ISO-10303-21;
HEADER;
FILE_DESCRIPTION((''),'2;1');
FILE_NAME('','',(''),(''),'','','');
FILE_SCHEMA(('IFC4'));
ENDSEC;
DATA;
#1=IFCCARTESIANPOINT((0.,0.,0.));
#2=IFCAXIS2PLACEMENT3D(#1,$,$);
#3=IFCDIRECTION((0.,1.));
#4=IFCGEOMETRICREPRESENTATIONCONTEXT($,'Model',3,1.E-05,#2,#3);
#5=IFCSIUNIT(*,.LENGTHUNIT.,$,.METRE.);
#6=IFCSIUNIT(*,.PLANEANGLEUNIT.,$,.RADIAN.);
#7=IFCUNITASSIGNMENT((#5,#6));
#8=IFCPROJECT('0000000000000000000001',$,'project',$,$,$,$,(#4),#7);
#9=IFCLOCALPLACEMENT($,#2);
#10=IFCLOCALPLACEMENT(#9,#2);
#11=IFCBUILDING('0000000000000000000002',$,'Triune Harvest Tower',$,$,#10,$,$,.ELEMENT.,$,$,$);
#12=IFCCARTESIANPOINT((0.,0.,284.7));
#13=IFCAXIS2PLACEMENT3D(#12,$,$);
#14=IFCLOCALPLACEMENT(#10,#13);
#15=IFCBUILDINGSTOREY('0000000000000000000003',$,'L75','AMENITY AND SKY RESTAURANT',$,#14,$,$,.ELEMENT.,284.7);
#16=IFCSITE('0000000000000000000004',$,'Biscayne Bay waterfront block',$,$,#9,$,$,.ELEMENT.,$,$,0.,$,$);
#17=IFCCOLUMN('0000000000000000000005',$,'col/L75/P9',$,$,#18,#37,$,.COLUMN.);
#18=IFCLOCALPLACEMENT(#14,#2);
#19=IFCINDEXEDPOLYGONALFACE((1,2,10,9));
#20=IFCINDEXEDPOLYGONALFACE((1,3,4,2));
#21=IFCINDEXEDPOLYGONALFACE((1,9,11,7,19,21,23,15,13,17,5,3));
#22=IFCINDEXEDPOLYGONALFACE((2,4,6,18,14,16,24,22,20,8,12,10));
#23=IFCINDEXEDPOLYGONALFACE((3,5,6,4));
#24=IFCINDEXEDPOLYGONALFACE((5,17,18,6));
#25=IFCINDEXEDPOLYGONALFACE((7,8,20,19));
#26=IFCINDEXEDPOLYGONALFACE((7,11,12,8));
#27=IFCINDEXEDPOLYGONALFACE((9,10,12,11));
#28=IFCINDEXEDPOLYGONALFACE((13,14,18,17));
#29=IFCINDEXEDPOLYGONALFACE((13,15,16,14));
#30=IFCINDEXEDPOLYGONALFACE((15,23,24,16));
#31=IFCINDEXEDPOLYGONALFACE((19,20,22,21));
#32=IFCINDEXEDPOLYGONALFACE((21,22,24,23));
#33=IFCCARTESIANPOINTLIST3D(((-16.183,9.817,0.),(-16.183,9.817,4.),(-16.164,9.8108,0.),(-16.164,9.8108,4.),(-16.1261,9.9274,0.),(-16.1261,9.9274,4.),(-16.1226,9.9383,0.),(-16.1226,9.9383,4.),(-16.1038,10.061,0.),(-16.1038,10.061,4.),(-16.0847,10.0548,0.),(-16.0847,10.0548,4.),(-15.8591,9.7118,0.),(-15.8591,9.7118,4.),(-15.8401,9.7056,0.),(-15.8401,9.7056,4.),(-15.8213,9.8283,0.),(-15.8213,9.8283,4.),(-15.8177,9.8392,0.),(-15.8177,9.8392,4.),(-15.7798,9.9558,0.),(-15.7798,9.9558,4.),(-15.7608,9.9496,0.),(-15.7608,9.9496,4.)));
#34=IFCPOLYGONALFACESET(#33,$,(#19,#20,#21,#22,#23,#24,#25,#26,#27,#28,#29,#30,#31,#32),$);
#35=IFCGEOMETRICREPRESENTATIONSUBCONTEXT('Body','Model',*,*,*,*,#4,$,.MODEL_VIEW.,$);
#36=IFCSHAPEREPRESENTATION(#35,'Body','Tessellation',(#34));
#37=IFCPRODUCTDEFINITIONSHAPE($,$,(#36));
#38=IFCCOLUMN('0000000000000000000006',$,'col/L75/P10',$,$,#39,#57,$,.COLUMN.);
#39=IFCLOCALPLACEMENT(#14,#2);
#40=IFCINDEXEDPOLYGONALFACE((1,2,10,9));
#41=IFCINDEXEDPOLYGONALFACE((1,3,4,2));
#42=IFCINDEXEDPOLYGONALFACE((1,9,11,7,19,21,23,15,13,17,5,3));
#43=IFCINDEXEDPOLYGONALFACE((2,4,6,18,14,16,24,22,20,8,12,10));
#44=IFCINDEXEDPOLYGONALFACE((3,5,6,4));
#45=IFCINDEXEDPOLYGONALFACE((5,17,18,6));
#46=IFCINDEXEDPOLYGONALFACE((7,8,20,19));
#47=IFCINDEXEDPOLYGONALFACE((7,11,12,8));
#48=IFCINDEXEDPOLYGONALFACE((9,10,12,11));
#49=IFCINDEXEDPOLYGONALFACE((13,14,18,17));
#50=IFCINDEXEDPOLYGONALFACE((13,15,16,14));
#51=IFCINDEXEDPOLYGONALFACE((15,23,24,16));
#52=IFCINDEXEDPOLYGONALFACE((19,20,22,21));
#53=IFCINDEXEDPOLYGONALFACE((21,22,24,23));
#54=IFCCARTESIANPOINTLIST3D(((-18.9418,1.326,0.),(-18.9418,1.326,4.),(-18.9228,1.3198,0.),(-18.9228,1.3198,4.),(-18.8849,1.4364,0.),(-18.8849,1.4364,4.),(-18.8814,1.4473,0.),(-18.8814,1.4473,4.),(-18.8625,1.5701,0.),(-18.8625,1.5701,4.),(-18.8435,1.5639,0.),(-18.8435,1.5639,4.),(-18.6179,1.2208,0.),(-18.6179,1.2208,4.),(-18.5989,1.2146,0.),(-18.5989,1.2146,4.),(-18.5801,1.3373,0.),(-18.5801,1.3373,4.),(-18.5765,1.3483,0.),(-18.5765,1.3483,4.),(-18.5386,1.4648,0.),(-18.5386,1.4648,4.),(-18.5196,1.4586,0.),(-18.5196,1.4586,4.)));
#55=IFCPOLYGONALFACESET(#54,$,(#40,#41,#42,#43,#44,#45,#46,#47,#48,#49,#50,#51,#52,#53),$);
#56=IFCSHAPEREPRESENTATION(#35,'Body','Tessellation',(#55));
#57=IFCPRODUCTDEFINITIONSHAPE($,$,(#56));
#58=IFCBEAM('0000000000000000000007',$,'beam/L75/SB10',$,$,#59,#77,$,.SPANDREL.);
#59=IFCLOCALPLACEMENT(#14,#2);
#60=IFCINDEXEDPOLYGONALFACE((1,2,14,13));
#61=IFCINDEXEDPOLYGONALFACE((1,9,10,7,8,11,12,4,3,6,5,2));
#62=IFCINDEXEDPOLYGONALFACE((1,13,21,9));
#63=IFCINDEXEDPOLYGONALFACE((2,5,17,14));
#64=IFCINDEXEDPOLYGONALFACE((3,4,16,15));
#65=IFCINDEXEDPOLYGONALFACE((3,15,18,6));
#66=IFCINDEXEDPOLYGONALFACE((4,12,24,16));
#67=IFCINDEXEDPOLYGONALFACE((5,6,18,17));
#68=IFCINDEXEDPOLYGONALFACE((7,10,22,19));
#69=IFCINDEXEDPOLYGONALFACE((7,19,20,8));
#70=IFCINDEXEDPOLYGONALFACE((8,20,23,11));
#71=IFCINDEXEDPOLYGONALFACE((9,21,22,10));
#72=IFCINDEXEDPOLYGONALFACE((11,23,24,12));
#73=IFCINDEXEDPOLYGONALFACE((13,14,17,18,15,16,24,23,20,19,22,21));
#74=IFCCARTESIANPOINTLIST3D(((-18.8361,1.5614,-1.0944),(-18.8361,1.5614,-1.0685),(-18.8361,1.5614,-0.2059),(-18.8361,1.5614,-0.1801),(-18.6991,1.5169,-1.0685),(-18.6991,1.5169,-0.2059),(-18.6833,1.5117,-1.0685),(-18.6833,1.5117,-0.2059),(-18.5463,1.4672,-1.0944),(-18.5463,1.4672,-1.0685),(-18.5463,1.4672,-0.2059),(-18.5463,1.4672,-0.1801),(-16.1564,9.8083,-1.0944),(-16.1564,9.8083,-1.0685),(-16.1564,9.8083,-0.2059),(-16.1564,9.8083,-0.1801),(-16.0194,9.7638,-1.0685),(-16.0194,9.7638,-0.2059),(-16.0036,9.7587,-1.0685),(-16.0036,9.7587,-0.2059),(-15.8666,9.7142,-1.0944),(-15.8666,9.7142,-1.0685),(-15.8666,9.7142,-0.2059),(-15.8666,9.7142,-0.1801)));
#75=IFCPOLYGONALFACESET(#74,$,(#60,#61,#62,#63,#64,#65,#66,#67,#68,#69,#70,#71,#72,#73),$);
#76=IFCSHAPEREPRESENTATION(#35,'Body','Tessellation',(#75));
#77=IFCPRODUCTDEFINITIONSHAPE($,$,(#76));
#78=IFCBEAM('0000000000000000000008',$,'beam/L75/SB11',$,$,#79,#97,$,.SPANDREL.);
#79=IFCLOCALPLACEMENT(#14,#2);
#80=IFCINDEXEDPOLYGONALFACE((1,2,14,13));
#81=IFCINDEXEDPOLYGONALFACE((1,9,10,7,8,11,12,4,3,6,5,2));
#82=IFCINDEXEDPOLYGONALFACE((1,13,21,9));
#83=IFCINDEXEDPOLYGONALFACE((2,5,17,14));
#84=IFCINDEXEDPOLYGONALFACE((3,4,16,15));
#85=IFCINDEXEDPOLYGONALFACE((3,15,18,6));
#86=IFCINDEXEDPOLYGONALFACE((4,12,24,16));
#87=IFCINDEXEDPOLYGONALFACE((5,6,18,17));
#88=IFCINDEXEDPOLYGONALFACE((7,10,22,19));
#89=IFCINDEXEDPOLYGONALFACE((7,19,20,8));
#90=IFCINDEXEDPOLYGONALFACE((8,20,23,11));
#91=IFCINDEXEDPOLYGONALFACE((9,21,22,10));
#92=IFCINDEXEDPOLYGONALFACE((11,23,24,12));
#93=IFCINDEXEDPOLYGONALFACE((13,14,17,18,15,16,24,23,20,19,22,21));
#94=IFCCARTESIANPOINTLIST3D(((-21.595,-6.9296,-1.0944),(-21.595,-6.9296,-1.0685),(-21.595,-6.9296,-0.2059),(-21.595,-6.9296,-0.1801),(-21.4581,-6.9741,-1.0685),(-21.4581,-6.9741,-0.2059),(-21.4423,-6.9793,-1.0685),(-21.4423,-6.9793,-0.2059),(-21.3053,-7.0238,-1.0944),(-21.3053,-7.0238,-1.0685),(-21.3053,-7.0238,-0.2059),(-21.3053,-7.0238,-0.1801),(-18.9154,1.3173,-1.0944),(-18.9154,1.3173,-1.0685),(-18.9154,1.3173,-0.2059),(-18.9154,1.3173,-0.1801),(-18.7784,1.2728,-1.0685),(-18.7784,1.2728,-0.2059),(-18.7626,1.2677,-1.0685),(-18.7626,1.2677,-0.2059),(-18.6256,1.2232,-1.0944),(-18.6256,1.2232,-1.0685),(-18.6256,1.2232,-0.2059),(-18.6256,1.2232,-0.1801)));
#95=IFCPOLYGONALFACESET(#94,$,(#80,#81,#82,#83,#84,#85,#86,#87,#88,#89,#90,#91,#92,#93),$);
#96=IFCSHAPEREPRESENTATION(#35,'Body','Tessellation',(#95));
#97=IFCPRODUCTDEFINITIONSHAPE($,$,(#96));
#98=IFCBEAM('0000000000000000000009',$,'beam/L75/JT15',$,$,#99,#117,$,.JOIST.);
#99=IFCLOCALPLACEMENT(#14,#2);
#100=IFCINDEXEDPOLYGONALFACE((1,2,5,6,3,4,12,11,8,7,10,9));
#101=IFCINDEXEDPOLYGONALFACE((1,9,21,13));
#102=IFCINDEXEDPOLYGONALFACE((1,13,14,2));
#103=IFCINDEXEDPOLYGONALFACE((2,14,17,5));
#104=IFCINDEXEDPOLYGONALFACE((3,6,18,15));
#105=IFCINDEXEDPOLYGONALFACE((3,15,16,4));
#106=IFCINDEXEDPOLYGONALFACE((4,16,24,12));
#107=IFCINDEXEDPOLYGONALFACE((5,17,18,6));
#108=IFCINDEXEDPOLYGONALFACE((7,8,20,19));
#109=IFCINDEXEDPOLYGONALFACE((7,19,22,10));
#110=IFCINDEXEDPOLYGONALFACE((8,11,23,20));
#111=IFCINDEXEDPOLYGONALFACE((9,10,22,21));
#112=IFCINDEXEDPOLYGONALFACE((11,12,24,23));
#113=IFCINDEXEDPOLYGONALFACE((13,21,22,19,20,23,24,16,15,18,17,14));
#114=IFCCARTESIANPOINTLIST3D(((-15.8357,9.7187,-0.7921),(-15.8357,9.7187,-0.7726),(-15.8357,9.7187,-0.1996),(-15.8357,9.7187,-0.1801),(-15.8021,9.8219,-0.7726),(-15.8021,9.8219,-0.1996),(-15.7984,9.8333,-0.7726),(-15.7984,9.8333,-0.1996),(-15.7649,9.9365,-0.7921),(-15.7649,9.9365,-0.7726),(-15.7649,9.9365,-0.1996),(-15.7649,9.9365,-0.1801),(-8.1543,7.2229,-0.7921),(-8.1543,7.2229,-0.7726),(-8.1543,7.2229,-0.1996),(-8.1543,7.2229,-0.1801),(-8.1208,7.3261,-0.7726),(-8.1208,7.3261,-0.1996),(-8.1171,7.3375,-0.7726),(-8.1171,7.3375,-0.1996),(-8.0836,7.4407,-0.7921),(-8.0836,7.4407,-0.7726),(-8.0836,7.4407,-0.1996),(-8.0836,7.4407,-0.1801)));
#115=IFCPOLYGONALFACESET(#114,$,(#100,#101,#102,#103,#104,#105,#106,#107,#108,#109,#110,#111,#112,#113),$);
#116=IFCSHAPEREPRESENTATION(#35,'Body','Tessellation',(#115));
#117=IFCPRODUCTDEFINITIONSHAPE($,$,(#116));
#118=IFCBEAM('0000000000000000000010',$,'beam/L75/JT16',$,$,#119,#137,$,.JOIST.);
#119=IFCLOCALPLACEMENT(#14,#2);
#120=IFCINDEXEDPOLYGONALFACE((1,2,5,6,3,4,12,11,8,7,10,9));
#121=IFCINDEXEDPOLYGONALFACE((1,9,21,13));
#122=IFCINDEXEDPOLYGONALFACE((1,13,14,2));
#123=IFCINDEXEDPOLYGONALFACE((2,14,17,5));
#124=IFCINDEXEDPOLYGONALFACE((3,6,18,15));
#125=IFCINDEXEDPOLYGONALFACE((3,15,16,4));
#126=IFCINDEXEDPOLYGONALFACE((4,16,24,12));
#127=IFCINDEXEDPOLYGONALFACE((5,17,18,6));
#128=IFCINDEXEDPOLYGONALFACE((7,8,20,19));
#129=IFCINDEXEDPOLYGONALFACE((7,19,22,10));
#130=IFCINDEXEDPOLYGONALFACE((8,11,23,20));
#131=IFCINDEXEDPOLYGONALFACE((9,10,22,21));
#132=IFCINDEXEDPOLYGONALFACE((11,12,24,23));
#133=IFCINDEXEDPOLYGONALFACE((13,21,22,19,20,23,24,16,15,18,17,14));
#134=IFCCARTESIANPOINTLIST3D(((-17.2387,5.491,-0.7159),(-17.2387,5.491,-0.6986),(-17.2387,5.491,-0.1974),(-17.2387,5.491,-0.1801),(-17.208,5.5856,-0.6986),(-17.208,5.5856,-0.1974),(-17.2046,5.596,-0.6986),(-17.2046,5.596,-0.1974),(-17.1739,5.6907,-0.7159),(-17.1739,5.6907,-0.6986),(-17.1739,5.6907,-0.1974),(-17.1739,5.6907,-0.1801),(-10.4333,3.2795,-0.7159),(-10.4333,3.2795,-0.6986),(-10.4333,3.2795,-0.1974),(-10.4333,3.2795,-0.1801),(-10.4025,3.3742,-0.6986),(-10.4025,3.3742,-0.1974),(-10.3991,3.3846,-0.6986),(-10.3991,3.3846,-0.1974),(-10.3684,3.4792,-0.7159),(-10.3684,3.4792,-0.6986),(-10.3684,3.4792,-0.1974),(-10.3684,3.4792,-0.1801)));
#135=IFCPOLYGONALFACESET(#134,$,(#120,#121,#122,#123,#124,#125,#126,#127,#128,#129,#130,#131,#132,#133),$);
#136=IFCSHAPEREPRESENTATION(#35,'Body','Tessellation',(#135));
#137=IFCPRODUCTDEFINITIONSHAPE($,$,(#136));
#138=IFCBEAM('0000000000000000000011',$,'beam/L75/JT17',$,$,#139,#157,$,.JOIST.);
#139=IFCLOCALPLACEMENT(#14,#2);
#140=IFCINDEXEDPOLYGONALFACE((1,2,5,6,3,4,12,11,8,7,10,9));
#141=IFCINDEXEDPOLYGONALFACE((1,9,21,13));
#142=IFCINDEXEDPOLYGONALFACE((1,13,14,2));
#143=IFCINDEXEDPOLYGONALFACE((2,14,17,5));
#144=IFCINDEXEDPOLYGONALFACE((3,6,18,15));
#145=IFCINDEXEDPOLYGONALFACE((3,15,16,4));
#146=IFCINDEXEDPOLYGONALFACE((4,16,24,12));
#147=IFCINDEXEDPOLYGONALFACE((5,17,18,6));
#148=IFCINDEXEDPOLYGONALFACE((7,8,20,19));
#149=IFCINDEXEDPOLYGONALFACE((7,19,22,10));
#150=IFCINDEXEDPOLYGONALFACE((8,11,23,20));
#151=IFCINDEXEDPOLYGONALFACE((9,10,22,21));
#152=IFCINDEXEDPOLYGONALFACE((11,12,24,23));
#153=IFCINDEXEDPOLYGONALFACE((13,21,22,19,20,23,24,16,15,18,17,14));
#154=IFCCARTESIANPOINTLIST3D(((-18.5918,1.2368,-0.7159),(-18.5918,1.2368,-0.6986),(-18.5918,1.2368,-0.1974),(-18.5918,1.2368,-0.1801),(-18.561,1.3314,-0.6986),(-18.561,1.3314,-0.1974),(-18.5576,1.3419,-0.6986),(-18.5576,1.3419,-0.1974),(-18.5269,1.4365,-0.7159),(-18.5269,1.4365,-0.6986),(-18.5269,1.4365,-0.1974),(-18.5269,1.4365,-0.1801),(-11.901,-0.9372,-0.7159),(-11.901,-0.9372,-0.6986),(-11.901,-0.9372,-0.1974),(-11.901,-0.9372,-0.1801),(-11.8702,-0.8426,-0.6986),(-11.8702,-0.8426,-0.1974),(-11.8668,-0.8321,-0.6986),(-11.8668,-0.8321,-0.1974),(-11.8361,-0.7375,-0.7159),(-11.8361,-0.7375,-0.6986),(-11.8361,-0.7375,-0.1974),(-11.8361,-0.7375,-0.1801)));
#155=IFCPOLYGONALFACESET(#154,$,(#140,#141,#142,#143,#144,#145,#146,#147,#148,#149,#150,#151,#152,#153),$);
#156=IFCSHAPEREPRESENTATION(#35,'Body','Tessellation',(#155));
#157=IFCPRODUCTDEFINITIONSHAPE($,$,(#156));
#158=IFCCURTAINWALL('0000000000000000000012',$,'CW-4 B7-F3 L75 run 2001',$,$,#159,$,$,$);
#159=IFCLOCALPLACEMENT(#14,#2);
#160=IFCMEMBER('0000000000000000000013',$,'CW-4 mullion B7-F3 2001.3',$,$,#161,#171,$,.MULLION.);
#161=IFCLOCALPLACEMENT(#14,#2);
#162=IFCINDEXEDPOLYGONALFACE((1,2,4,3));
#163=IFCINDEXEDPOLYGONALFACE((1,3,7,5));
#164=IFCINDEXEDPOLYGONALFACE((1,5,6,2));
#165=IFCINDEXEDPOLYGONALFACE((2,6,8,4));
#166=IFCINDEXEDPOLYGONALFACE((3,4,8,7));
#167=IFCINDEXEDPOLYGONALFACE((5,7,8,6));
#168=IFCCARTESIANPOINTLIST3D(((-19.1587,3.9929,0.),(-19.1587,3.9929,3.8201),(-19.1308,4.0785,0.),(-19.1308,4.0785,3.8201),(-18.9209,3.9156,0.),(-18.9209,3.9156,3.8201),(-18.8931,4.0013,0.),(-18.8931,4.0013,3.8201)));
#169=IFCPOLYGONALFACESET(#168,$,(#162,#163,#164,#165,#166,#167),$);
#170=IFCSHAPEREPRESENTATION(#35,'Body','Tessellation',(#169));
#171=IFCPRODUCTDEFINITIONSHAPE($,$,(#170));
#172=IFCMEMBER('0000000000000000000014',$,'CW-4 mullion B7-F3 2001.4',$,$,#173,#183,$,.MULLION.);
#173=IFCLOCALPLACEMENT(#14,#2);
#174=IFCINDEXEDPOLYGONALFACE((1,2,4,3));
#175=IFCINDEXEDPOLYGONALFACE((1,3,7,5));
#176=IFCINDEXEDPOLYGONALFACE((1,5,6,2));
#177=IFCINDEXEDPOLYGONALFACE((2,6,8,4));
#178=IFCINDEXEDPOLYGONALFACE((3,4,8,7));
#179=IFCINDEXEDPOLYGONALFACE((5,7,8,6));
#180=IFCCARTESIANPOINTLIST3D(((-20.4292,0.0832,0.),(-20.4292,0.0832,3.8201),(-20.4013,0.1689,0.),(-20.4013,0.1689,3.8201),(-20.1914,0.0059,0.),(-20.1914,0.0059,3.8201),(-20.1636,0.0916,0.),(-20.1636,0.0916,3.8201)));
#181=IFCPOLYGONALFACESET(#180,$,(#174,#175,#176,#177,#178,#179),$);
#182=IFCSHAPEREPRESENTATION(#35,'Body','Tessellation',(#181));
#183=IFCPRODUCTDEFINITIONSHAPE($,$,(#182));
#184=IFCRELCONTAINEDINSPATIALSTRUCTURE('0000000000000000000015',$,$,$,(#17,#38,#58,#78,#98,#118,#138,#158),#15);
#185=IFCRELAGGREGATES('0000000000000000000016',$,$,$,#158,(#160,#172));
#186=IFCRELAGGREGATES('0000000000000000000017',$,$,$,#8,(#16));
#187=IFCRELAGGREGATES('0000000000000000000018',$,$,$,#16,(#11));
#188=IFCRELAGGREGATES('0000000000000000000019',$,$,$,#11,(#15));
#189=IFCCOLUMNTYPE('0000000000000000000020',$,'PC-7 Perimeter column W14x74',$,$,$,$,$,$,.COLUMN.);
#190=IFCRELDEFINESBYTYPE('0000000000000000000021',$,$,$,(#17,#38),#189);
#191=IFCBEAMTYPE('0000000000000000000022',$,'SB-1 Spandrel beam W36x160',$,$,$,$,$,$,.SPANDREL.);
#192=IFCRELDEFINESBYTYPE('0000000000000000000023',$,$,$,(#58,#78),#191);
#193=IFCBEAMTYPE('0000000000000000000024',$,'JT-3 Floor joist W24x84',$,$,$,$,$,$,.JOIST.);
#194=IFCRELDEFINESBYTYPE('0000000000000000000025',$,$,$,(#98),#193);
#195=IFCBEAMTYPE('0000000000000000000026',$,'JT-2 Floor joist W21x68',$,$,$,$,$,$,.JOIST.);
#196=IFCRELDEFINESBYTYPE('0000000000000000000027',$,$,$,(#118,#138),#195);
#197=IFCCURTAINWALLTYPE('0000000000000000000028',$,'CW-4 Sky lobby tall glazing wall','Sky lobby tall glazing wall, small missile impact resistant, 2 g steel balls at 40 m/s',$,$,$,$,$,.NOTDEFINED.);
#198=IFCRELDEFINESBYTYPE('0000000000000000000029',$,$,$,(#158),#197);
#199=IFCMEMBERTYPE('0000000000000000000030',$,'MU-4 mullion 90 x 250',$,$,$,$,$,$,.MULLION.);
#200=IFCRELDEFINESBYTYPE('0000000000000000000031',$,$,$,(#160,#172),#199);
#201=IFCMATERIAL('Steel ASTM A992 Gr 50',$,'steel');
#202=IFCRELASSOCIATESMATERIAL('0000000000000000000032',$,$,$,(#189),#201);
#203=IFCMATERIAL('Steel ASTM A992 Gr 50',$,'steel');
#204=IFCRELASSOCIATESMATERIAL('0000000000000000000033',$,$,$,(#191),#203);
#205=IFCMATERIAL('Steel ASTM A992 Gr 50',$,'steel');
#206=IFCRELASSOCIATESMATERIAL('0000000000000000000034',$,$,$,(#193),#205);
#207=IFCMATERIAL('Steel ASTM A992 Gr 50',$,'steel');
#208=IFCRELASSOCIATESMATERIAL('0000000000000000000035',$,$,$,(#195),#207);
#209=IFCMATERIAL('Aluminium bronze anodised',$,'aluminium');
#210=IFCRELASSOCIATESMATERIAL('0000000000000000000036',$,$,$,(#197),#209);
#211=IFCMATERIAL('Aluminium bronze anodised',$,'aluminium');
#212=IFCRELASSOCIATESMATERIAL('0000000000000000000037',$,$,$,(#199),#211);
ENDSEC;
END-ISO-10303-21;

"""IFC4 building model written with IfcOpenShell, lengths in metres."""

from ifc_helpers import new_model, si_unit, direction, frame, origin, origin_2d, place, context, subcontext, project, spatial, rectangle, i_section, extrude, source, transform, mapped, material, material_profile, profile_set, type_object, element, aggregate, save


model = new_model("IFC4")

# Units and contexts
model_context = context("Model", 3, precision=1e-05, world=origin(), true_north=direction((0.0, 1.0)))
body_context = subcontext(model_context, "Body", "Model", "MODEL_VIEW")
ifc_project = project(units=[si_unit("LENGTHUNIT", "METRE"), si_unit("PLANEANGLEUNIT", "RADIAN")], contexts=[model_context])

# Site, building, storey
site_placement = place(None, origin())
site = spatial("IfcSite", under=ifc_project, at=site_placement, Name="Biscayne Bay waterfront block", CompositionType="ELEMENT", RefElevation=0.0)
building_placement = place(site_placement, origin())
building = spatial("IfcBuilding", under=site, at=building_placement, Name="Triune Harvest Tower", CompositionType="ELEMENT")
storey_placement = place(building_placement, frame((0.0, 0.0, 284.7)))
storey = spatial("IfcBuildingStorey", under=building, at=storey_placement, Name="L75", Description="AMENITY AND SKY RESTAURANT", CompositionType="ELEMENT", Elevation=284.7)

# Columns
ifc_material_1 = material(Name="Steel ASTM A992 Gr 50", Category="steel")
ifc_material_profile_1 = material_profile(ifc_material_1, i_section(OverallWidth=0.2566, OverallDepth=0.3606, WebThickness=0.0115, FlangeThickness=0.02, at=origin_2d()), Name="W14x74")
ifc_profile_set_1 = profile_set([ifc_material_profile_1], Name="Steel ASTM A992 Gr 50")
column_type = type_object("IfcColumnType", Name="PC-7 Perimeter column W14x74", PredefinedType="COLUMN", material=ifc_profile_set_1)
shared_shape_1 = source(origin(), body_context, "Body", "SweptSolid", [
    extrude(i_section(OverallWidth=0.2566, OverallDepth=0.3606, WebThickness=0.0115, FlangeThickness=0.02, at=origin_2d()), origin(), (0.0, 0.0, 1.0), 4.0),
])
for number, where, z_axis, x_axis, name in (
    (1, (-15.9719, 9.8833, 0.0), (0.0, 0.0, 1.0), (-0.309015, -0.951057, 0.0), "col/L75/P9"),
    (2, (-18.7307, 1.3923, 0.0), (0.0, 0.0, 1.0), (-0.309015, -0.951057, 0.0), "col/L75/P10"),
):
    element("IfcColumn", number, at=place(storey_placement, frame(where, z_axis=z_axis, x_axis=x_axis)), inside=storey, type_object=column_type, Name=name, PredefinedType="COLUMN", context=body_context, shape_type="MappedRepresentation", body=[
        mapped(shared_shape_1, transform((0.0, 0.0, 0.0), scale=1.0)),
    ])

# Beams
ifc_material_2 = material(Name="Steel ASTM A992 Gr 50", Category="steel")
ifc_material_profile_2 = material_profile(ifc_material_2, i_section(OverallWidth=0.3047, OverallDepth=0.9143, WebThickness=0.0166, FlangeThickness=0.0259, at=origin_2d()), Name="W36x160")
ifc_profile_set_2 = profile_set([ifc_material_profile_2], Name="Steel ASTM A992 Gr 50")
beam_type_1 = type_object("IfcBeamType", Name="SB-1 Spandrel beam W36x160", PredefinedType="SPANDREL", material=ifc_profile_set_2)
shared_shape_2 = source(origin(), body_context, "Body", "SweptSolid", [
    extrude(i_section(OverallWidth=0.3047, OverallDepth=0.9143, WebThickness=0.0166, FlangeThickness=0.0259, at=origin_2d()), origin(), (0.0, 0.0, 1.0), 8.6714),
])
for number, where, z_axis, x_axis, name in (
    (3, (-16.0115, 9.7612, -0.6372), (-0.309031, -0.951052, 0.0), (0.951052, -0.309031, 0.0), "beam/L75/SB10"),
    (4, (-18.7705, 1.2703, -0.6372), (-0.309022, -0.951055, 0.0), (0.951055, -0.309022, 0.0), "beam/L75/SB11"),
):
    element("IfcBeam", number, at=place(storey_placement, frame(where, z_axis=z_axis, x_axis=x_axis)), inside=storey, type_object=beam_type_1, Name=name, PredefinedType="SPANDREL", context=body_context, shape_type="MappedRepresentation", body=[
        mapped(shared_shape_2, transform((0.0, 0.0, 0.0), scale=1.0)),
    ])
ifc_material_3 = material(Name="Steel ASTM A992 Gr 50", Category="steel")
ifc_material_profile_3 = material_profile(ifc_material_3, i_section(OverallWidth=0.229, OverallDepth=0.6121, WebThickness=0.012, FlangeThickness=0.0195, at=origin_2d()), Name="W24x84")
ifc_profile_set_3 = profile_set([ifc_material_profile_3], Name="Steel ASTM A992 Gr 50")
beam_type_2 = type_object("IfcBeamType", Name="JT-3 Floor joist W24x84", PredefinedType="JOIST", material=ifc_profile_set_3)
shared_shape_3 = source(origin(), body_context, "Body", "SweptSolid", [
    extrude(i_section(OverallWidth=0.229, OverallDepth=0.6121, WebThickness=0.012, FlangeThickness=0.0195, at=origin_2d()), origin(), (0.0, 0.0, 1.0), 8.0767),
])
beam_1_placement = place(storey_placement, frame((-15.8003, 9.8276, -0.4861), z_axis=(0.951056, -0.309018, 0.0), x_axis=(0.309018, 0.951056, 0.0)))
element("IfcBeam", 5, at=beam_1_placement, inside=storey, type_object=beam_type_2, Name="beam/L75/JT15", PredefinedType="JOIST", context=body_context, shape_type="MappedRepresentation", body=[
    mapped(shared_shape_3, transform((0.0, 0.0, 0.0), scale=1.0)),
])
ifc_material_4 = material(Name="Steel ASTM A992 Gr 50", Category="steel")
ifc_material_profile_4 = material_profile(ifc_material_4, i_section(OverallWidth=0.21, OverallDepth=0.5359, WebThickness=0.011, FlangeThickness=0.0173, at=origin_2d()), Name="W21x68")
ifc_profile_set_4 = profile_set([ifc_material_profile_4], Name="Steel ASTM A992 Gr 50")
beam_type_3 = type_object("IfcBeamType", Name="JT-2 Floor joist W21x68", PredefinedType="JOIST", material=ifc_profile_set_4)
shared_shape_4 = source(origin(), body_context, "Body", "SweptSolid", [
    extrude(i_section(OverallWidth=0.21, OverallDepth=0.5359, WebThickness=0.011, FlangeThickness=0.0173, at=origin_2d()), origin(), (0.0, 0.0, 1.0), 7.1558),
])
beam_2_placement = place(storey_placement, frame((-17.2063, 5.5908, -0.448), z_axis=(0.951048, -0.309044, 0.0), x_axis=(0.309044, 0.951048, 0.0)))
element("IfcBeam", 6, at=beam_2_placement, inside=storey, type_object=beam_type_3, Name="beam/L75/JT16", PredefinedType="JOIST", context=body_context, shape_type="MappedRepresentation", body=[
    mapped(shared_shape_4, transform((0.0, 0.0, 0.0), scale=1.0)),
])
shared_shape_5 = source(origin(), body_context, "Body", "SweptSolid", [
    extrude(i_section(OverallWidth=0.21, OverallDepth=0.5359, WebThickness=0.011, FlangeThickness=0.0173, at=origin_2d()), origin(), (0.0, 0.0, 1.0), 7.0352),
])
beam_3_placement = place(storey_placement, frame((-18.5593, 1.3367, -0.448), z_axis=(0.951054, -0.309025, 0.0), x_axis=(0.309025, 0.951054, 0.0)))
element("IfcBeam", 7, at=beam_3_placement, inside=storey, type_object=beam_type_3, Name="beam/L75/JT17", PredefinedType="JOIST", context=body_context, shape_type="MappedRepresentation", body=[
    mapped(shared_shape_5, transform((0.0, 0.0, 0.0), scale=1.0)),
])

# Curtain wall, members
ifc_material_5 = material(Name="Aluminium bronze anodised", Category="aluminium")
curtain_wall_type_1 = type_object("IfcCurtainWallType", Name="CW-4 Sky lobby tall glazing wall", Description="Sky lobby tall glazing wall, small missile impact resistant, 2 g steel balls at 40 m/s", PredefinedType="NOTDEFINED", material=ifc_material_5)
curtain_wall_1_placement = place(storey_placement, origin())
curtain_wall_1 = element("IfcCurtainWall", 8, at=curtain_wall_1_placement, inside=storey, type_object=curtain_wall_type_1, Name="CW-4 B7-F3 L75 run 2001")
ifc_material_6 = material(Name="Aluminium bronze anodised", Category="aluminium")
ifc_material_profile_5 = material_profile(ifc_material_6, rectangle(XDim=0.25, YDim=0.0901, at=origin_2d()), Name="MU-4 mullion 90 x 250")
ifc_profile_set_5 = profile_set([ifc_material_profile_5], Name="Aluminium bronze anodised")
member_type_1 = type_object("IfcMemberType", Name="MU-4 mullion 90 x 250", PredefinedType="MULLION", material=ifc_profile_set_5)
shared_shape_6 = source(origin(), body_context, "Body", "SweptSolid", [
    extrude(rectangle(XDim=0.25, YDim=0.0901, at=origin_2d()), origin(), (0.0, 0.0, 1.0), 3.8201),
])
member_1_placement = place(storey_placement, frame((-19.0259, 3.9971, 0.0), z_axis=(0.0, 0.0, 1.0), x_axis=(0.951054, -0.309024, 0.0)))
member_1 = element("IfcMember", 9, at=member_1_placement, type_object=member_type_1, Name="CW-4 mullion B7-F3 2001.3", PredefinedType="MULLION", context=body_context, shape_type="MappedRepresentation", body=[
    mapped(shared_shape_6, transform((0.0, 0.0, 0.0), scale=1.0)),
])
member_2_placement = place(storey_placement, frame((-20.2964, 0.0874, 0.0), z_axis=(0.0, 0.0, 1.0), x_axis=(0.951054, -0.309024, 0.0)))
member_2 = element("IfcMember", 10, at=member_2_placement, type_object=member_type_1, Name="CW-4 mullion B7-F3 2001.4", PredefinedType="MULLION", context=body_context, shape_type="MappedRepresentation", body=[
    mapped(shared_shape_6, transform((0.0, 0.0, 0.0), scale=1.0)),
])

aggregate(curtain_wall_1, [member_1, member_2])

save(model, "model.ifc")
